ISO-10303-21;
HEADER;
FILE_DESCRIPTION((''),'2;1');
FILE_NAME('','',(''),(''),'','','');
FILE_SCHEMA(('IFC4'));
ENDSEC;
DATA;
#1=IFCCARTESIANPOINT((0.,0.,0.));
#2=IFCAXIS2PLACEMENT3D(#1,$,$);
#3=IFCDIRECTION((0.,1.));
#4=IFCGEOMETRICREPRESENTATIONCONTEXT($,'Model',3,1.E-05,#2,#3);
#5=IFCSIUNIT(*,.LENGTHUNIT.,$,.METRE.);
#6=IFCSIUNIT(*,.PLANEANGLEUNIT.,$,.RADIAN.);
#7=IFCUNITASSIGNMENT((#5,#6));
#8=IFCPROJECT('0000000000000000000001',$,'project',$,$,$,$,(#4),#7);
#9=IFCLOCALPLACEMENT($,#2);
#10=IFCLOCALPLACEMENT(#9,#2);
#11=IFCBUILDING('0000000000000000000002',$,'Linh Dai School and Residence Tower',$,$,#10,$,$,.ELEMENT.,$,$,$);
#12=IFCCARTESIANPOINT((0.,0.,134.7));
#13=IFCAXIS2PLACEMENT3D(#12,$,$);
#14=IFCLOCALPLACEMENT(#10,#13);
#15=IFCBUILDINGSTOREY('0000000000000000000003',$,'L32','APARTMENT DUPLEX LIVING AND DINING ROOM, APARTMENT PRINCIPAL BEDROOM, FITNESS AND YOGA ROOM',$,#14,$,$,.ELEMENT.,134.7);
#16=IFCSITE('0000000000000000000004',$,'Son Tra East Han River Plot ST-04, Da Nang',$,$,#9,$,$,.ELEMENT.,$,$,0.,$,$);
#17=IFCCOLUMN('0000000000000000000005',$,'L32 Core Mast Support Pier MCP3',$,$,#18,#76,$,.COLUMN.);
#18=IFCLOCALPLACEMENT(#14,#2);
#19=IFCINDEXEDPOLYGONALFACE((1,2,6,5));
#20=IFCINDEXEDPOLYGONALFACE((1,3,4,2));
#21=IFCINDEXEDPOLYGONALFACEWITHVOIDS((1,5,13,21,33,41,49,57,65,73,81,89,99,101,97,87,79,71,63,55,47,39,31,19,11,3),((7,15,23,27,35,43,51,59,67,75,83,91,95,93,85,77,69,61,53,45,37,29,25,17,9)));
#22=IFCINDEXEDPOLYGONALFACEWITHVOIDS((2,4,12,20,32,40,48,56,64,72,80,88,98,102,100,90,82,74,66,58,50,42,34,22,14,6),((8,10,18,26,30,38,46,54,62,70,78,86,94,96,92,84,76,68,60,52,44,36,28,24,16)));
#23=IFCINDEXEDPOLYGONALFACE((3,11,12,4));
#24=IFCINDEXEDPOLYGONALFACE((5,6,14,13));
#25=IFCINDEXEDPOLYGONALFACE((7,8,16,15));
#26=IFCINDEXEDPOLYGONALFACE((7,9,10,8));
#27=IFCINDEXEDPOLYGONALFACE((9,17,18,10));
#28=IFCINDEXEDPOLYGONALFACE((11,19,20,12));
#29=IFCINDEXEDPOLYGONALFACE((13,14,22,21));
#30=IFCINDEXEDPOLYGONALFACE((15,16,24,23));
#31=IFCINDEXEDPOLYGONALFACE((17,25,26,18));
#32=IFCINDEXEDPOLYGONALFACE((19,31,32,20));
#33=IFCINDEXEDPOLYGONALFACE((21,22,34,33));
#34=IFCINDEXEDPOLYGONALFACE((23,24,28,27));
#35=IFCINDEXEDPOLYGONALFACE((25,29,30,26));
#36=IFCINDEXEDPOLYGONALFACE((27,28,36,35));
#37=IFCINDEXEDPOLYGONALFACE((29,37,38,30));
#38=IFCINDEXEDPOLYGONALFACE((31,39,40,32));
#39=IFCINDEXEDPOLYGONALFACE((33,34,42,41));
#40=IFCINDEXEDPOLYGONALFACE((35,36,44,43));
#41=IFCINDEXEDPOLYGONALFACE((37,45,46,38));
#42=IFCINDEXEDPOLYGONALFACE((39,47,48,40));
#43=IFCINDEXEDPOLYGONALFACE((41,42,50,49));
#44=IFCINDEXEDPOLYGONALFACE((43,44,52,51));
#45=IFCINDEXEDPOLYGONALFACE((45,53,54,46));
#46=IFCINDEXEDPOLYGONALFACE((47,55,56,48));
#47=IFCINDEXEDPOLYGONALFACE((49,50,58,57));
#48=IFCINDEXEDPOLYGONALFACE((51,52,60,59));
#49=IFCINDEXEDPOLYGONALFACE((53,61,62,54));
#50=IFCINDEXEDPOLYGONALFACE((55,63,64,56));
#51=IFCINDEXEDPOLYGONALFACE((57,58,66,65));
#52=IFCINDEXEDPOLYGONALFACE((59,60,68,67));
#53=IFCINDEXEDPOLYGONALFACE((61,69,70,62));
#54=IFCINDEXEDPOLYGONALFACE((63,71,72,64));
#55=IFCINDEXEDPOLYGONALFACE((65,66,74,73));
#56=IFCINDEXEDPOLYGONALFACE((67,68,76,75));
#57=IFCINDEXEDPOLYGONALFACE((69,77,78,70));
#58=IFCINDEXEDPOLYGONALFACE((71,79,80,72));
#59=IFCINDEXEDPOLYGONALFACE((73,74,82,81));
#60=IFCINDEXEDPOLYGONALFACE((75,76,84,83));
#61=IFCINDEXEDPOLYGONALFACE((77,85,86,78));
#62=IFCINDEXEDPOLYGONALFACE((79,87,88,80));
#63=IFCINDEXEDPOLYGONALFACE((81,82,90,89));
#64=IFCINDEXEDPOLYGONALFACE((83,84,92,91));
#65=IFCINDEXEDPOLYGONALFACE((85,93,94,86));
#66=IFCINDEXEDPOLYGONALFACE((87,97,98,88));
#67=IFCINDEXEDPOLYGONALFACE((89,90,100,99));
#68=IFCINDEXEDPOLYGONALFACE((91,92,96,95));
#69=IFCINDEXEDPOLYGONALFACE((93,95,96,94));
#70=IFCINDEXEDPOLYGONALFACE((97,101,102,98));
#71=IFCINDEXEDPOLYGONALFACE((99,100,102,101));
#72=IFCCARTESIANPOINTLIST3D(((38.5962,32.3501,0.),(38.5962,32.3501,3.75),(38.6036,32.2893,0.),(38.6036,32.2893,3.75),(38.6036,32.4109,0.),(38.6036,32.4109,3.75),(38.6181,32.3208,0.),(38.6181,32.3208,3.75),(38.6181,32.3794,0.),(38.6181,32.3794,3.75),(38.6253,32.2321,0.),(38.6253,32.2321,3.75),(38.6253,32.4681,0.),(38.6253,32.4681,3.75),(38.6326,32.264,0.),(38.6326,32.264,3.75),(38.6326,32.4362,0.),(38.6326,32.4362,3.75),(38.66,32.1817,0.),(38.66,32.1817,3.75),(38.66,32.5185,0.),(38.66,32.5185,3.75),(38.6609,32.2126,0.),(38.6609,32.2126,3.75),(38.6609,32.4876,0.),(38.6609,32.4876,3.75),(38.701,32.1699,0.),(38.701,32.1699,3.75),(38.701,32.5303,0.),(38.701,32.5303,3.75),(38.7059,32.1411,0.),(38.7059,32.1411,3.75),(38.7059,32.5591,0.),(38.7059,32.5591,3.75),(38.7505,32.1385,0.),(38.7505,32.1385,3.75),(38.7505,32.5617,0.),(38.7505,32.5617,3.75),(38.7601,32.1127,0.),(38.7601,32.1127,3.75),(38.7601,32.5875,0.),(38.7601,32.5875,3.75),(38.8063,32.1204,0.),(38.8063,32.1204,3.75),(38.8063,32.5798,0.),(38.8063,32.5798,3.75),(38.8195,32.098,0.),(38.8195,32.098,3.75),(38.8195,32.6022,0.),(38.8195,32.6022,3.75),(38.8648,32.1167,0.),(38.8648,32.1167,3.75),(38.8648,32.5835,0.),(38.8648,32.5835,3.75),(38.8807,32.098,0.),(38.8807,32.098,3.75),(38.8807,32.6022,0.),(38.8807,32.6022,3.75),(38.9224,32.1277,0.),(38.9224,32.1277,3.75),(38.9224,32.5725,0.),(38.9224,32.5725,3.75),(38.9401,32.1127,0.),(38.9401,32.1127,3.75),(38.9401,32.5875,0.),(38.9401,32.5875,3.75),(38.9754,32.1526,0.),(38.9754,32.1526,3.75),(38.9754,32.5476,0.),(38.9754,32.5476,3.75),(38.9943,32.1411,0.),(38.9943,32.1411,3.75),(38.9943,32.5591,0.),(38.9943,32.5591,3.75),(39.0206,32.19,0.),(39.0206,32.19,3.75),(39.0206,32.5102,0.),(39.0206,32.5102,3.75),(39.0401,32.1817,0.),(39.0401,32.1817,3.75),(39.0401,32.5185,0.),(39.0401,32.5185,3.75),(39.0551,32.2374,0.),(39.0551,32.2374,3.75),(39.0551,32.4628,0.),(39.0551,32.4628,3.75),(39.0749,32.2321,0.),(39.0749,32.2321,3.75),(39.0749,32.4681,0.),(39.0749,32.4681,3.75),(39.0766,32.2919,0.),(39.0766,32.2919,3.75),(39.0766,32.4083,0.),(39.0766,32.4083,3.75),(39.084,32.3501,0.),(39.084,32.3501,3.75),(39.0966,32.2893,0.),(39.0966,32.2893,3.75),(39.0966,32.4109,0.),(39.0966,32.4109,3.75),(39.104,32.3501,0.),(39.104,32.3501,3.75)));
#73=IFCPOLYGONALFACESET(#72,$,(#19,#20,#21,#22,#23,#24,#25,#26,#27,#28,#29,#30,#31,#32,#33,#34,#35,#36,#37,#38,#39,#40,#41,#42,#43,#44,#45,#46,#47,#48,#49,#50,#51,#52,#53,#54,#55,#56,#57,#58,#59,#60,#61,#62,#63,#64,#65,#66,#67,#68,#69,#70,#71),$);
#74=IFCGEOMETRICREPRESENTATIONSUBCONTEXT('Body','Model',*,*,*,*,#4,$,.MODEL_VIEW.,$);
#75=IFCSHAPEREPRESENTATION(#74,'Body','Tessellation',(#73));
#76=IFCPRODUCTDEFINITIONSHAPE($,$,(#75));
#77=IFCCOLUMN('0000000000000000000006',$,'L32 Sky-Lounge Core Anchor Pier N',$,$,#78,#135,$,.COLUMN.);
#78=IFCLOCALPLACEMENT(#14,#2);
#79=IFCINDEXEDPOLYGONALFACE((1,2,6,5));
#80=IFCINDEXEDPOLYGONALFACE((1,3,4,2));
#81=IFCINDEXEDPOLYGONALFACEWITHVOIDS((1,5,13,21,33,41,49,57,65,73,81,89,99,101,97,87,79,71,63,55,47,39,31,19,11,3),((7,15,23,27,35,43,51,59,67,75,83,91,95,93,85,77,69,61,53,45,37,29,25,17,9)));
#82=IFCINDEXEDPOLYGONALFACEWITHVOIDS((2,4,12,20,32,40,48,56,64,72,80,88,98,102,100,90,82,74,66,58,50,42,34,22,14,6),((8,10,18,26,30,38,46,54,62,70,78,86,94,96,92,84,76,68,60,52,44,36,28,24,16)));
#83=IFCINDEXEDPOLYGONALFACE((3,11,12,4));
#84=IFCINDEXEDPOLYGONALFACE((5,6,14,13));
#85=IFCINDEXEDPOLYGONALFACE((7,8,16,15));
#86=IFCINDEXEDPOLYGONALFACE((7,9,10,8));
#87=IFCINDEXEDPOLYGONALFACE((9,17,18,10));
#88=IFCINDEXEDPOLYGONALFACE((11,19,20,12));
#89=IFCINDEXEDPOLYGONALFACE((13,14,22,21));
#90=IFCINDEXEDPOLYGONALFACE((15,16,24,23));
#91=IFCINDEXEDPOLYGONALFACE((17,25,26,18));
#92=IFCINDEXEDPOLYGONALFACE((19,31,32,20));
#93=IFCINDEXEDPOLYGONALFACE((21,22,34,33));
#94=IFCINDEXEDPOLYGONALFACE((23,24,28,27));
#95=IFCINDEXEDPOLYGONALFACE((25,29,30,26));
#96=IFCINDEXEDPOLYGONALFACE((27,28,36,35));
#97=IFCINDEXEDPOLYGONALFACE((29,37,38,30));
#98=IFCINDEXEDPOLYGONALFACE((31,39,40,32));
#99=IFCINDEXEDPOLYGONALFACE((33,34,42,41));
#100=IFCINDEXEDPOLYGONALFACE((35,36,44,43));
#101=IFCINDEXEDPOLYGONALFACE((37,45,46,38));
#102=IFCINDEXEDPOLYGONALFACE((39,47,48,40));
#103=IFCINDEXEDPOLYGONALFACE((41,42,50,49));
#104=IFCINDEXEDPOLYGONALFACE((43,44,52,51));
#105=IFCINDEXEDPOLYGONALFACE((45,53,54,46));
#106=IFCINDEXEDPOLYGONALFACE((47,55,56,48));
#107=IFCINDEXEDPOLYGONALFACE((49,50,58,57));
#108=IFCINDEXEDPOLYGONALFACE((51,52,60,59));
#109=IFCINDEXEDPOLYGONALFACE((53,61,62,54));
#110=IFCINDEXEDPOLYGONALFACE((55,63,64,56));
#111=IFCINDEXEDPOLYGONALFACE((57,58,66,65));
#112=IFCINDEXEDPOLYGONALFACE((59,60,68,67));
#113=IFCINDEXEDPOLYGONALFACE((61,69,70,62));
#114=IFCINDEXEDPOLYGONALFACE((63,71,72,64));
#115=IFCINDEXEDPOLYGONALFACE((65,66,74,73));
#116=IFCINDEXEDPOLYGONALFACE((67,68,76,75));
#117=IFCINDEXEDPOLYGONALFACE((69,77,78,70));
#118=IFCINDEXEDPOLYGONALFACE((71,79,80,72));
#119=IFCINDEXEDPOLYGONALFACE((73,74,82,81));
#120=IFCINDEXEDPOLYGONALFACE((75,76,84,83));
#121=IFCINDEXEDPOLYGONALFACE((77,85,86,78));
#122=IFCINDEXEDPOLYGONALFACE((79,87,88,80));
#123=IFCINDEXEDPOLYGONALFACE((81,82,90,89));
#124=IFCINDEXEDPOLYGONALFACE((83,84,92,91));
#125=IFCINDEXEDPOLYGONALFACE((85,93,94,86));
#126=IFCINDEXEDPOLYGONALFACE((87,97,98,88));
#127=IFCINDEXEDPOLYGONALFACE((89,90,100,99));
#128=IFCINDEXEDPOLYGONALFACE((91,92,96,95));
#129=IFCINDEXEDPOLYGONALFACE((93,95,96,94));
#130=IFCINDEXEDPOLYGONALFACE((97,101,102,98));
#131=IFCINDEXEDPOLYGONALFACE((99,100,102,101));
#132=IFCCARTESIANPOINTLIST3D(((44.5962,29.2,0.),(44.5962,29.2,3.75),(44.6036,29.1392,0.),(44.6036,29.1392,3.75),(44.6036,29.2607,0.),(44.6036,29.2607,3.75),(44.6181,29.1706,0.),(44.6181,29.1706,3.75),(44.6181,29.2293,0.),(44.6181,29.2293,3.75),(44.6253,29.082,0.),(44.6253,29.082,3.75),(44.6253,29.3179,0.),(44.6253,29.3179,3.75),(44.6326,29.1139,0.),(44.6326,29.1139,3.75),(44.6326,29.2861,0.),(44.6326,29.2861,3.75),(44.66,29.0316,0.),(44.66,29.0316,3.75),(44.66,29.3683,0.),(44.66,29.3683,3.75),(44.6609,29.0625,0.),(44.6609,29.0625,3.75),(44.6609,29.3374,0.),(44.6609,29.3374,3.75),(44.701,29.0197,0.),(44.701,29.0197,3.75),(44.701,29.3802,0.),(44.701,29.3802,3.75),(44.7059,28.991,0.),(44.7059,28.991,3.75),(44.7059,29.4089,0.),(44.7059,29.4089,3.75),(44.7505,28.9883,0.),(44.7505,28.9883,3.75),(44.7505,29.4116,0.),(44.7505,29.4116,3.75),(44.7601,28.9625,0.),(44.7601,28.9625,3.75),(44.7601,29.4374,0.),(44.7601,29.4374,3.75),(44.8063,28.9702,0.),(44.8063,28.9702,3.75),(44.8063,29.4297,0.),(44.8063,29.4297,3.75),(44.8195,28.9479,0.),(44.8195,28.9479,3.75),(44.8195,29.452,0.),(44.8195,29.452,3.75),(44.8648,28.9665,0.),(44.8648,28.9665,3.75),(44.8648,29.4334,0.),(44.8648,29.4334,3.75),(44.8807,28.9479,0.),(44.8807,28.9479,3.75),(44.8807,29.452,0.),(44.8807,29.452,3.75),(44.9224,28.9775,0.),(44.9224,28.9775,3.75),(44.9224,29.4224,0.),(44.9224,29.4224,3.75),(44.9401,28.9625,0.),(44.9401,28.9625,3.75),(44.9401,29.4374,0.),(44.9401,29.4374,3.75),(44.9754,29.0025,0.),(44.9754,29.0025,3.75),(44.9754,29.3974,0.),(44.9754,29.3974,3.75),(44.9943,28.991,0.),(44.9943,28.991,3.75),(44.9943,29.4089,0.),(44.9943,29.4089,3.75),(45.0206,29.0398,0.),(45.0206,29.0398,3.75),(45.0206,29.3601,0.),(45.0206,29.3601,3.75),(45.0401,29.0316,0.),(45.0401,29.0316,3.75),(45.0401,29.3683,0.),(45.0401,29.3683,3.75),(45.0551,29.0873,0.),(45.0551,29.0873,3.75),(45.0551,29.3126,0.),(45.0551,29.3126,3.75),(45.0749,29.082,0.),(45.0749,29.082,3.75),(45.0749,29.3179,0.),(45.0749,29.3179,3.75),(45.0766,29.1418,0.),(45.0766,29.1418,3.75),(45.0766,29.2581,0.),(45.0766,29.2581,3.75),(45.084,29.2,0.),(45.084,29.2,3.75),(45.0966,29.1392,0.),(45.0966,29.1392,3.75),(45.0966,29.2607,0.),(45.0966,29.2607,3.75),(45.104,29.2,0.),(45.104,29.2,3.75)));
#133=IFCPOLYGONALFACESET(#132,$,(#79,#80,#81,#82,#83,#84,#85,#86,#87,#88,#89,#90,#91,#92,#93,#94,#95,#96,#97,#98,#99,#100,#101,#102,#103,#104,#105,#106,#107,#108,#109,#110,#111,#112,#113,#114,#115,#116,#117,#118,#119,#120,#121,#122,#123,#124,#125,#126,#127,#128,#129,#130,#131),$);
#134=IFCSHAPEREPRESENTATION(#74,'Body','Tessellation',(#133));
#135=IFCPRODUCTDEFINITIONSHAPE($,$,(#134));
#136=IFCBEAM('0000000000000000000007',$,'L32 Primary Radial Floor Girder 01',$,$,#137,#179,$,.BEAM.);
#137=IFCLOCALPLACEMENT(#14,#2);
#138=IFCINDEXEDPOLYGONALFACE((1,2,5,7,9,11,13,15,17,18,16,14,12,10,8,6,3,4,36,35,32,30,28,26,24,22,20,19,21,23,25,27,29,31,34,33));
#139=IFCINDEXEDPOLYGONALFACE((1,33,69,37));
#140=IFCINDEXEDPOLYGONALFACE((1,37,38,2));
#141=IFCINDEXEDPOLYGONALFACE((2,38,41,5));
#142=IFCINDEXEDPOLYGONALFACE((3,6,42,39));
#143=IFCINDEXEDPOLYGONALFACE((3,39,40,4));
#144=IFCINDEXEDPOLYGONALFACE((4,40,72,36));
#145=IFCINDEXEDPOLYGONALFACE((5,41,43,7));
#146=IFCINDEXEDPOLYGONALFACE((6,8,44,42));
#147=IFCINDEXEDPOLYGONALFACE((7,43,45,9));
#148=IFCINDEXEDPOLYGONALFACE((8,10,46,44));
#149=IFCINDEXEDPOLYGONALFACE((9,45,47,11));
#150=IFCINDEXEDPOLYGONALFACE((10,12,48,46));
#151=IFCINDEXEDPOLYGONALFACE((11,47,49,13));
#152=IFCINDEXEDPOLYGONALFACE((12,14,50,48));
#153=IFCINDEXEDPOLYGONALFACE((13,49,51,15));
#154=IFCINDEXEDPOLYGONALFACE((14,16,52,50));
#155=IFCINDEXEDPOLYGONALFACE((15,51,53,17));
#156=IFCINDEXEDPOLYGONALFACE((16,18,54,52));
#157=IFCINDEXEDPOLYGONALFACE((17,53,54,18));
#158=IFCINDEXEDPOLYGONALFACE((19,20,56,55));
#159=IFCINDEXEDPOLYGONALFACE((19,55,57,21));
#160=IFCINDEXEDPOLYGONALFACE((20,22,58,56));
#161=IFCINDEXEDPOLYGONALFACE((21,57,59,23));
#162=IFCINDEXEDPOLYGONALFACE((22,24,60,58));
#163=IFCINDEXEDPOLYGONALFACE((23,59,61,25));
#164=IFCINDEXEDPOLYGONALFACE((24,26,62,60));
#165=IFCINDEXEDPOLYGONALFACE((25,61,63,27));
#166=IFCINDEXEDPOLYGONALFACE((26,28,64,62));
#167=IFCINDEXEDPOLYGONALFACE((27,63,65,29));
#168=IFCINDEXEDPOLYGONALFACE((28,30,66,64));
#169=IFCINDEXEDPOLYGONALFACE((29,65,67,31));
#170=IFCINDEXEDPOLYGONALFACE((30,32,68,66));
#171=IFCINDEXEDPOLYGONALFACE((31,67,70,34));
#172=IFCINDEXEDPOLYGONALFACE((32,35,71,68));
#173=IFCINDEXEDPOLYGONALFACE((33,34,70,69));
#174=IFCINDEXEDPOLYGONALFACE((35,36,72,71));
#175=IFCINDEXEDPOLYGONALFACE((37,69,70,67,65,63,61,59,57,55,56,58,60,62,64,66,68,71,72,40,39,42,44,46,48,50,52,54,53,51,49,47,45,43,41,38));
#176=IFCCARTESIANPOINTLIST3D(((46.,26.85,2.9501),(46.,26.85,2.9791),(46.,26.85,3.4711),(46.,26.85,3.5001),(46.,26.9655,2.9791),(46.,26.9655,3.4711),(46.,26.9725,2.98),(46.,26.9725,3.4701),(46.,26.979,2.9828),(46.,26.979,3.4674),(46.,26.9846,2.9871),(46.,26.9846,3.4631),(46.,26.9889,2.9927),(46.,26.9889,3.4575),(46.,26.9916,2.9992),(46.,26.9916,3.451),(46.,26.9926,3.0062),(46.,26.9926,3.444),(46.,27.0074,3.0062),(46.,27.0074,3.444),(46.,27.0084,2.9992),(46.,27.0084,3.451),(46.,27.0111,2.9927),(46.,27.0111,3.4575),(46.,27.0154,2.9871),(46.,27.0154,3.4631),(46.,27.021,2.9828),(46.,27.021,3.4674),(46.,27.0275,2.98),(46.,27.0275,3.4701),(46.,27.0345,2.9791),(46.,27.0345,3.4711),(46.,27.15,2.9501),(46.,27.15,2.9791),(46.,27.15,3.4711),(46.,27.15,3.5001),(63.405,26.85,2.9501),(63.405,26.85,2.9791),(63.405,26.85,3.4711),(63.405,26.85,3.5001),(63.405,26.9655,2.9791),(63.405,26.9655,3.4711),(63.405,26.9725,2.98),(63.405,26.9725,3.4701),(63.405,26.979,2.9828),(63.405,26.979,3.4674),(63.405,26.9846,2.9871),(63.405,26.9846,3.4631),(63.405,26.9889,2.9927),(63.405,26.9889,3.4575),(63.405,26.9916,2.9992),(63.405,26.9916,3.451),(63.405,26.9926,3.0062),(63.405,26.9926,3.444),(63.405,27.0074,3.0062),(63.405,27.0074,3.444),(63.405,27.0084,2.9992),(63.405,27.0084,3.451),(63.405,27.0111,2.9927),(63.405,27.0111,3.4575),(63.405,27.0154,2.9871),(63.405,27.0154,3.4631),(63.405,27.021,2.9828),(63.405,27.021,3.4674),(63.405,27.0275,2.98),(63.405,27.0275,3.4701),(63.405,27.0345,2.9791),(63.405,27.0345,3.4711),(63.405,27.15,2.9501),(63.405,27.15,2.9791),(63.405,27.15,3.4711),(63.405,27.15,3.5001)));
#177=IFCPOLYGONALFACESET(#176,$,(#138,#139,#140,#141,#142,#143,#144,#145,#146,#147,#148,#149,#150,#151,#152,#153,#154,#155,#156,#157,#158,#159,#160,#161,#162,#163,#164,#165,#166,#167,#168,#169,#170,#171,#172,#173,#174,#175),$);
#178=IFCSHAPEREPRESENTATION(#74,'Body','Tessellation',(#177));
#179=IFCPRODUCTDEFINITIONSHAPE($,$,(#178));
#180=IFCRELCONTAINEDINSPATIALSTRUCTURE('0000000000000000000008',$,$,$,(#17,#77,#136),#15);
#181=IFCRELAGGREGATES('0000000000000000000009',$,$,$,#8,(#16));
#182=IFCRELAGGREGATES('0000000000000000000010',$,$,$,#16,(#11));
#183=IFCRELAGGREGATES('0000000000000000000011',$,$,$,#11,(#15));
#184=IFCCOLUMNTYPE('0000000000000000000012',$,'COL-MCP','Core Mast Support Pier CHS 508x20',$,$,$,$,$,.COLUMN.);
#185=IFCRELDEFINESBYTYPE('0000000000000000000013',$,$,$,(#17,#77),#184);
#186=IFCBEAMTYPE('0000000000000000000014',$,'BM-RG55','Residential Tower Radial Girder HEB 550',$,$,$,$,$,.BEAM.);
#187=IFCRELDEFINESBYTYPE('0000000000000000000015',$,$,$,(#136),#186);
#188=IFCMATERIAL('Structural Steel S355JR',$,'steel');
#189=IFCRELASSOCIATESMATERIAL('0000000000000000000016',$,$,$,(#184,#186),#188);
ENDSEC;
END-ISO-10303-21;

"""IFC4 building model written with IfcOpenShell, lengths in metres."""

from ifc_helpers import new_model, si_unit, direction, frame, origin, origin_2d, place, context, subcontext, project, spatial, hollow_circle, i_section, extrude, material, material_profile, profile_set, type_object, element, save


model = new_model("IFC4")

# Units and contexts
model_context = context("Model", 3, precision=1e-05, world=origin(), true_north=direction((0.0, 1.0)))
body_context = subcontext(model_context, "Body", "Model", "MODEL_VIEW")
ifc_project = project(units=[si_unit("LENGTHUNIT", "METRE"), si_unit("PLANEANGLEUNIT", "RADIAN")], contexts=[model_context])

# Site, building, storey
site_placement = place(None, origin())
site = spatial("IfcSite", under=ifc_project, at=site_placement, Name="Son Tra East Han River Plot ST-04, Da Nang", CompositionType="ELEMENT", RefElevation=0.0)
building_placement = place(site_placement, origin())
building = spatial("IfcBuilding", under=site, at=building_placement, Name="Linh Dai School and Residence Tower", CompositionType="ELEMENT")
storey_placement = place(building_placement, frame((0.0, 0.0, 134.7)))
storey = spatial("IfcBuildingStorey", under=building, at=storey_placement, Name="L32", Description="APARTMENT DUPLEX LIVING AND DINING ROOM, APARTMENT PRINCIPAL BEDROOM, FITNESS AND YOGA ROOM", CompositionType="ELEMENT", Elevation=134.7)

# Columns
ifc_material_1 = material(Name="Structural Steel S355JR", Category="steel")
ifc_material_profile_1 = material_profile(ifc_material_1, hollow_circle(Radius=0.2539, WallThickness=0.02, at=origin_2d()), Name="CHS 508x20")
ifc_profile_set_1 = profile_set([ifc_material_profile_1], Name="Structural Steel S355JR")
column_type_1 = type_object("IfcColumnType", Name="COL-MCP", Description="Core Mast Support Pier CHS 508x20", PredefinedType="COLUMN", material=ifc_profile_set_1)
for number, where, z_axis, x_axis, name in (
    (1, (38.8501, 32.3501, 0.0), (0.0, 0.0, 1.0), (1.0, 0.0, 0.0), "L32 Core Mast Support Pier MCP3"),
    (2, (44.8501, 29.2, 0.0), (0.0, 0.0, 1.0), (1.0, 0.0, 0.0), "L32 Sky-Lounge Core Anchor Pier N"),
):
    element("IfcColumn", number, at=place(storey_placement, frame(where, z_axis=z_axis, x_axis=x_axis)), inside=storey, type_object=column_type_1, Name=name, PredefinedType="COLUMN", context=body_context, shape_type="SweptSolid", body=[
        extrude(hollow_circle(Radius=0.2539, WallThickness=0.02, at=origin_2d()), origin(), (0.0, 0.0, 1.0), 3.75),
    ])

# Beam
ifc_material_profile_2 = material_profile(ifc_material_1, i_section(OverallWidth=0.3, OverallDepth=0.55, WebThickness=0.0149, FlangeThickness=0.0291, FilletRadius=0.0271, at=origin_2d()), Name="HEB 550")
ifc_profile_set_2 = profile_set([ifc_material_profile_2], Name="Structural Steel S355JR")
beam_type_1 = type_object("IfcBeamType", Name="BM-RG55", Description="Residential Tower Radial Girder HEB 550", PredefinedType="BEAM", material=ifc_profile_set_2)
beam_1_placement = place(storey_placement, frame((46.0, 27.0, 3.2251), z_axis=(1.0, 0.0, 0.0), x_axis=(0.0, 1.0, 0.0)))
element("IfcBeam", 3, at=beam_1_placement, inside=storey, type_object=beam_type_1, Name="L32 Primary Radial Floor Girder 01", PredefinedType="BEAM", context=body_context, shape_type="SweptSolid", body=[
    extrude(i_section(OverallWidth=0.3, OverallDepth=0.55, WebThickness=0.0149, FlangeThickness=0.0291, FilletRadius=0.0271, at=origin_2d()), origin(), (0.0, 0.0, 1.0), 17.405),
])

save(model, "model.ifc")
